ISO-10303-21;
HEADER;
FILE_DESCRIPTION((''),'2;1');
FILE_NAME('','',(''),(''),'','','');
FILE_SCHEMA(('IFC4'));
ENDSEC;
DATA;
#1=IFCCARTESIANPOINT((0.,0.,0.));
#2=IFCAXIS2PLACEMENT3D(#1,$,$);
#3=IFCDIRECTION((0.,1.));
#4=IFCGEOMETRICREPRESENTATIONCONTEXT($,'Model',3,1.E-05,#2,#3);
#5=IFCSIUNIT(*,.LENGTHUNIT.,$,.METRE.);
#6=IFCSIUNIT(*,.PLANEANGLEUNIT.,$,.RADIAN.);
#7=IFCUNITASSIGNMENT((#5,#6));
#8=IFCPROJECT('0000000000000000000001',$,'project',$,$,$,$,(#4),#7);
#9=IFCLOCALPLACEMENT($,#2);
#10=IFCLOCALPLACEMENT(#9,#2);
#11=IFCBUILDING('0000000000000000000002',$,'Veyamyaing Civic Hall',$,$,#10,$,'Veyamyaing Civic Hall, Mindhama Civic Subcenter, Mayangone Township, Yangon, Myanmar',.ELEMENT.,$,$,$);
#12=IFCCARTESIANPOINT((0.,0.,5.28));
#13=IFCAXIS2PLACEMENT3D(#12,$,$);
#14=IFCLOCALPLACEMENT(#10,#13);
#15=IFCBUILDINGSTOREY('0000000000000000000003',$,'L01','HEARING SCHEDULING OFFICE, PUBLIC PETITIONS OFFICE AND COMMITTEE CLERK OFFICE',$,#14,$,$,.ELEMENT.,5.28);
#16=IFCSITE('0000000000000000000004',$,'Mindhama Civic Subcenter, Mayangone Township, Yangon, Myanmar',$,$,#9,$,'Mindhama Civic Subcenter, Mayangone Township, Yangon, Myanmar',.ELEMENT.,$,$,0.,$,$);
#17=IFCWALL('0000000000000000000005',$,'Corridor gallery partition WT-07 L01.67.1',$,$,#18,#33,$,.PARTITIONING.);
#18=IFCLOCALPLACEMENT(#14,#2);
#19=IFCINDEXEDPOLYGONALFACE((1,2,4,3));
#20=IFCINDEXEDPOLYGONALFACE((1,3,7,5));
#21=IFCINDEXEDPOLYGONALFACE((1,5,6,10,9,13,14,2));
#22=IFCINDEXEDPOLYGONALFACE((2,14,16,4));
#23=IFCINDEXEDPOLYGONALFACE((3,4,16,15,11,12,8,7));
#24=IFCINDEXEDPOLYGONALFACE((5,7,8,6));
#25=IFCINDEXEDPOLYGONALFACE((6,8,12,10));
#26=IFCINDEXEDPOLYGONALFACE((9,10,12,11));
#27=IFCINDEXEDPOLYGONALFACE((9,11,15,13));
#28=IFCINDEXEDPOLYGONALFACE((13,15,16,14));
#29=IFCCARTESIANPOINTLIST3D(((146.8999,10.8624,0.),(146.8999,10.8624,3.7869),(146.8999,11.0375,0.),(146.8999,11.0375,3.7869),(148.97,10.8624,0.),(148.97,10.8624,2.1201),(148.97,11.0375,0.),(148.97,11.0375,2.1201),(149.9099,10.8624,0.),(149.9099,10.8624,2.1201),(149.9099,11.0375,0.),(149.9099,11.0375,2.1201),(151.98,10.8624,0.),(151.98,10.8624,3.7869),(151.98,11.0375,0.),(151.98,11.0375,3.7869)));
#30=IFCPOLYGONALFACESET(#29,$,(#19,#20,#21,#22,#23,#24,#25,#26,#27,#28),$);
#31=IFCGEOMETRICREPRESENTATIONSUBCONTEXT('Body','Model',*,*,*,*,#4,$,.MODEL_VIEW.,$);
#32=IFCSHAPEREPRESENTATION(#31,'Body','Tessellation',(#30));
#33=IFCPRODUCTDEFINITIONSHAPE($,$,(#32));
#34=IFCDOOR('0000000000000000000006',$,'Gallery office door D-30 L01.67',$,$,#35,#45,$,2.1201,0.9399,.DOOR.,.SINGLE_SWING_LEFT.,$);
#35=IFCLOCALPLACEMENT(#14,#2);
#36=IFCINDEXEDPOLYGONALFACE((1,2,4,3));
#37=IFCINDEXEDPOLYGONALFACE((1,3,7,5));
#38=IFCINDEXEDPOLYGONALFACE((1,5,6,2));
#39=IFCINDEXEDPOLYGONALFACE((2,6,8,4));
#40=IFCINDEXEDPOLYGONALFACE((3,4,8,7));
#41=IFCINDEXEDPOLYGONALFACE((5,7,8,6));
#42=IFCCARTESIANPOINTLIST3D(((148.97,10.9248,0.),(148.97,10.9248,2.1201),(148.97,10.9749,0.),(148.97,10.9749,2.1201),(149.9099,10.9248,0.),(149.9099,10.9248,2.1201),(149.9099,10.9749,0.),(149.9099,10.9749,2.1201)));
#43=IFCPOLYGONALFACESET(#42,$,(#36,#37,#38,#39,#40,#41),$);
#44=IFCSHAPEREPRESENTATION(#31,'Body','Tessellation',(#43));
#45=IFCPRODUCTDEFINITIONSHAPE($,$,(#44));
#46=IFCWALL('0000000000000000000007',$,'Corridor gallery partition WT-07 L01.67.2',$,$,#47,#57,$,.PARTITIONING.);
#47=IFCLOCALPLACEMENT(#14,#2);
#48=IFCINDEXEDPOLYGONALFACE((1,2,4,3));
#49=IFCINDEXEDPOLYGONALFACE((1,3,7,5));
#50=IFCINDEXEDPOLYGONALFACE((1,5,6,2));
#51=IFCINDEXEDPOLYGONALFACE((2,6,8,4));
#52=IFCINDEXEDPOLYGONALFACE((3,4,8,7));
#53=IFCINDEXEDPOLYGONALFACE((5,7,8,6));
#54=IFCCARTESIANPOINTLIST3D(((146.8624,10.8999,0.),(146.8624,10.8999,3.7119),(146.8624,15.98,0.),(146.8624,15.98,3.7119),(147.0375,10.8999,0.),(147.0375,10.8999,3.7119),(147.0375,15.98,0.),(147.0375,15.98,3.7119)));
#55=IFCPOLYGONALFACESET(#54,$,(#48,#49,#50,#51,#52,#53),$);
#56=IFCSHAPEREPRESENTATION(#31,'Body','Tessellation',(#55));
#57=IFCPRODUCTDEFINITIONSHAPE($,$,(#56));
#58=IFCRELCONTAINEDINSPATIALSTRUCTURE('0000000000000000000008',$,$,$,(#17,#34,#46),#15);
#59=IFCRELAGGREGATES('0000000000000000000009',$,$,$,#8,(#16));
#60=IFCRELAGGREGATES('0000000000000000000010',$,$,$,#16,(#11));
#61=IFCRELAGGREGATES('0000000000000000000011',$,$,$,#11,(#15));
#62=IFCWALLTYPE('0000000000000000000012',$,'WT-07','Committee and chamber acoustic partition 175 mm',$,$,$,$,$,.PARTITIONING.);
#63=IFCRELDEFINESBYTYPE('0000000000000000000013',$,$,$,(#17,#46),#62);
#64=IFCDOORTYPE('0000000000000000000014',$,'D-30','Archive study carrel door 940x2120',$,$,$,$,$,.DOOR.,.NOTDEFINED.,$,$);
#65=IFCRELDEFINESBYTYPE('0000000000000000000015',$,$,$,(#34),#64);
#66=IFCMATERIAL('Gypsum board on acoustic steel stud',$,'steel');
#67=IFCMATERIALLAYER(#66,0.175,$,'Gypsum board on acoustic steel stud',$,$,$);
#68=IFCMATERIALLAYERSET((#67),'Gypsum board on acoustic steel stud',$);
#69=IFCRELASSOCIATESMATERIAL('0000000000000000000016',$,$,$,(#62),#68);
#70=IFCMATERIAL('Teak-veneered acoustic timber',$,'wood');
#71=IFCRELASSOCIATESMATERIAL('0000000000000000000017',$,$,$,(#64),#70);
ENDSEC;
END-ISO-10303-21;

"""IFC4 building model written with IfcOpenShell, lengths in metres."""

from ifc_helpers import new_model, si_unit, direction, frame, frame_2d, origin, place, context, subcontext, project, spatial, rectangle, extrude, material, layer, layer_set, type_object, element, fill, save


model = new_model("IFC4")

# Units and contexts
model_context = context("Model", 3, precision=1e-05, world=origin(), true_north=direction((0.0, 1.0)))
body_context = subcontext(model_context, "Body", "Model", "MODEL_VIEW")
ifc_project = project(units=[si_unit("LENGTHUNIT", "METRE"), si_unit("PLANEANGLEUNIT", "RADIAN")], contexts=[model_context])

# Site, building, storey
site_placement = place(None, origin())
site = spatial("IfcSite", under=ifc_project, at=site_placement, Name="Mindhama Civic Subcenter, Mayangone Township, Yangon, Myanmar", LongName="Mindhama Civic Subcenter, Mayangone Township, Yangon, Myanmar", CompositionType="ELEMENT", RefElevation=0.0)
building_placement = place(site_placement, origin())
building = spatial("IfcBuilding", under=site, at=building_placement, Name="Veyamyaing Civic Hall", LongName="Veyamyaing Civic Hall, Mindhama Civic Subcenter, Mayangone Township, Yangon, Myanmar", CompositionType="ELEMENT")
storey_placement = place(building_placement, frame((0.0, 0.0, 5.28)))
storey = spatial("IfcBuildingStorey", under=building, at=storey_placement, Name="L01", Description="HEARING SCHEDULING OFFICE, PUBLIC PETITIONS OFFICE AND COMMITTEE CLERK OFFICE", CompositionType="ELEMENT", Elevation=5.28)

# Wall, opening, door
ifc_material_1 = material(Name="Gypsum board on acoustic steel stud", Category="steel")
ifc_layer_1 = layer(ifc_material_1, 0.175, Name="Gypsum board on acoustic steel stud")
ifc_layer_set_1 = layer_set([ifc_layer_1], Name="Gypsum board on acoustic steel stud")
wall_type = type_object("IfcWallType", Name="WT-07", Description="Committee and chamber acoustic partition 175 mm", PredefinedType="PARTITIONING", material=ifc_layer_set_1)
wall_1_placement = place(storey_placement, frame((146.8999, 10.95, 0.0), z_axis=(0.0, 0.0, 1.0), x_axis=(1.0, 0.0, 0.0)))
wall_1 = element("IfcWall", 1, at=wall_1_placement, inside=storey, type_object=wall_type, Name="Corridor gallery partition WT-07 L01.67.1", PredefinedType="PARTITIONING", context=body_context, shape_type="SweptSolid", body=[
    extrude(rectangle(XDim=5.0801, YDim=0.175, at=frame_2d((2.54, 0.0))), origin(), (0.0, 0.0, 1.0), 3.7869),
])
opening_placement = place(wall_1_placement, frame((2.0701, 0.0, 0.0)))
opening = element("IfcOpeningElement", 2, at=opening_placement, cuts=wall_1, PredefinedType="OPENING", context=body_context, shape_type="SweptSolid", body=[
    extrude(rectangle(XDim=0.9399, YDim=2.1201, at=frame_2d((0.47, 1.0601))), frame((0.0, 0.0974, 0.0), z_axis=(0.0, -1.0, 0.0), x_axis=(1.0, 0.0, 0.0)), (0.0, 0.0, 1.0), 0.1951),
])
ifc_material_2 = material(Name="Teak-veneered acoustic timber", Category="wood")
door_type = type_object("IfcDoorType", Name="D-30", Description="Archive study carrel door 940x2120", OperationType="NOTDEFINED", PredefinedType="DOOR", material=ifc_material_2)
door_placement = place(opening_placement, origin())
door = element("IfcDoor", 3, at=door_placement, inside=storey, type_object=door_type, Name="Gallery office door D-30 L01.67", OperationType="SINGLE_SWING_LEFT", OverallHeight=2.1201, OverallWidth=0.9399, PredefinedType="DOOR", context=body_context, shape_type="SweptSolid", body=[
    extrude(rectangle(XDim=0.9399, YDim=2.1201, at=frame_2d((0.47, 1.0601))), frame((0.0, 0.0249, 0.0), z_axis=(0.0, -1.0, 0.0), x_axis=(1.0, 0.0, 0.0)), (0.0, 0.0, 1.0), 0.05),
])
fill(opening, door)

# Wall
wall_2_placement = place(storey_placement, frame((146.95, 10.8999, 0.0), z_axis=(0.0, 0.0, 1.0), x_axis=(0.0, 1.0, 0.0)))
element("IfcWall", 4, at=wall_2_placement, inside=storey, type_object=wall_type, Name="Corridor gallery partition WT-07 L01.67.2", PredefinedType="PARTITIONING", context=body_context, shape_type="SweptSolid", body=[
    extrude(rectangle(XDim=5.0801, YDim=0.175, at=frame_2d((2.54, 0.0))), origin(), (0.0, 0.0, 1.0), 3.7119),
])

save(model, "model.ifc")
